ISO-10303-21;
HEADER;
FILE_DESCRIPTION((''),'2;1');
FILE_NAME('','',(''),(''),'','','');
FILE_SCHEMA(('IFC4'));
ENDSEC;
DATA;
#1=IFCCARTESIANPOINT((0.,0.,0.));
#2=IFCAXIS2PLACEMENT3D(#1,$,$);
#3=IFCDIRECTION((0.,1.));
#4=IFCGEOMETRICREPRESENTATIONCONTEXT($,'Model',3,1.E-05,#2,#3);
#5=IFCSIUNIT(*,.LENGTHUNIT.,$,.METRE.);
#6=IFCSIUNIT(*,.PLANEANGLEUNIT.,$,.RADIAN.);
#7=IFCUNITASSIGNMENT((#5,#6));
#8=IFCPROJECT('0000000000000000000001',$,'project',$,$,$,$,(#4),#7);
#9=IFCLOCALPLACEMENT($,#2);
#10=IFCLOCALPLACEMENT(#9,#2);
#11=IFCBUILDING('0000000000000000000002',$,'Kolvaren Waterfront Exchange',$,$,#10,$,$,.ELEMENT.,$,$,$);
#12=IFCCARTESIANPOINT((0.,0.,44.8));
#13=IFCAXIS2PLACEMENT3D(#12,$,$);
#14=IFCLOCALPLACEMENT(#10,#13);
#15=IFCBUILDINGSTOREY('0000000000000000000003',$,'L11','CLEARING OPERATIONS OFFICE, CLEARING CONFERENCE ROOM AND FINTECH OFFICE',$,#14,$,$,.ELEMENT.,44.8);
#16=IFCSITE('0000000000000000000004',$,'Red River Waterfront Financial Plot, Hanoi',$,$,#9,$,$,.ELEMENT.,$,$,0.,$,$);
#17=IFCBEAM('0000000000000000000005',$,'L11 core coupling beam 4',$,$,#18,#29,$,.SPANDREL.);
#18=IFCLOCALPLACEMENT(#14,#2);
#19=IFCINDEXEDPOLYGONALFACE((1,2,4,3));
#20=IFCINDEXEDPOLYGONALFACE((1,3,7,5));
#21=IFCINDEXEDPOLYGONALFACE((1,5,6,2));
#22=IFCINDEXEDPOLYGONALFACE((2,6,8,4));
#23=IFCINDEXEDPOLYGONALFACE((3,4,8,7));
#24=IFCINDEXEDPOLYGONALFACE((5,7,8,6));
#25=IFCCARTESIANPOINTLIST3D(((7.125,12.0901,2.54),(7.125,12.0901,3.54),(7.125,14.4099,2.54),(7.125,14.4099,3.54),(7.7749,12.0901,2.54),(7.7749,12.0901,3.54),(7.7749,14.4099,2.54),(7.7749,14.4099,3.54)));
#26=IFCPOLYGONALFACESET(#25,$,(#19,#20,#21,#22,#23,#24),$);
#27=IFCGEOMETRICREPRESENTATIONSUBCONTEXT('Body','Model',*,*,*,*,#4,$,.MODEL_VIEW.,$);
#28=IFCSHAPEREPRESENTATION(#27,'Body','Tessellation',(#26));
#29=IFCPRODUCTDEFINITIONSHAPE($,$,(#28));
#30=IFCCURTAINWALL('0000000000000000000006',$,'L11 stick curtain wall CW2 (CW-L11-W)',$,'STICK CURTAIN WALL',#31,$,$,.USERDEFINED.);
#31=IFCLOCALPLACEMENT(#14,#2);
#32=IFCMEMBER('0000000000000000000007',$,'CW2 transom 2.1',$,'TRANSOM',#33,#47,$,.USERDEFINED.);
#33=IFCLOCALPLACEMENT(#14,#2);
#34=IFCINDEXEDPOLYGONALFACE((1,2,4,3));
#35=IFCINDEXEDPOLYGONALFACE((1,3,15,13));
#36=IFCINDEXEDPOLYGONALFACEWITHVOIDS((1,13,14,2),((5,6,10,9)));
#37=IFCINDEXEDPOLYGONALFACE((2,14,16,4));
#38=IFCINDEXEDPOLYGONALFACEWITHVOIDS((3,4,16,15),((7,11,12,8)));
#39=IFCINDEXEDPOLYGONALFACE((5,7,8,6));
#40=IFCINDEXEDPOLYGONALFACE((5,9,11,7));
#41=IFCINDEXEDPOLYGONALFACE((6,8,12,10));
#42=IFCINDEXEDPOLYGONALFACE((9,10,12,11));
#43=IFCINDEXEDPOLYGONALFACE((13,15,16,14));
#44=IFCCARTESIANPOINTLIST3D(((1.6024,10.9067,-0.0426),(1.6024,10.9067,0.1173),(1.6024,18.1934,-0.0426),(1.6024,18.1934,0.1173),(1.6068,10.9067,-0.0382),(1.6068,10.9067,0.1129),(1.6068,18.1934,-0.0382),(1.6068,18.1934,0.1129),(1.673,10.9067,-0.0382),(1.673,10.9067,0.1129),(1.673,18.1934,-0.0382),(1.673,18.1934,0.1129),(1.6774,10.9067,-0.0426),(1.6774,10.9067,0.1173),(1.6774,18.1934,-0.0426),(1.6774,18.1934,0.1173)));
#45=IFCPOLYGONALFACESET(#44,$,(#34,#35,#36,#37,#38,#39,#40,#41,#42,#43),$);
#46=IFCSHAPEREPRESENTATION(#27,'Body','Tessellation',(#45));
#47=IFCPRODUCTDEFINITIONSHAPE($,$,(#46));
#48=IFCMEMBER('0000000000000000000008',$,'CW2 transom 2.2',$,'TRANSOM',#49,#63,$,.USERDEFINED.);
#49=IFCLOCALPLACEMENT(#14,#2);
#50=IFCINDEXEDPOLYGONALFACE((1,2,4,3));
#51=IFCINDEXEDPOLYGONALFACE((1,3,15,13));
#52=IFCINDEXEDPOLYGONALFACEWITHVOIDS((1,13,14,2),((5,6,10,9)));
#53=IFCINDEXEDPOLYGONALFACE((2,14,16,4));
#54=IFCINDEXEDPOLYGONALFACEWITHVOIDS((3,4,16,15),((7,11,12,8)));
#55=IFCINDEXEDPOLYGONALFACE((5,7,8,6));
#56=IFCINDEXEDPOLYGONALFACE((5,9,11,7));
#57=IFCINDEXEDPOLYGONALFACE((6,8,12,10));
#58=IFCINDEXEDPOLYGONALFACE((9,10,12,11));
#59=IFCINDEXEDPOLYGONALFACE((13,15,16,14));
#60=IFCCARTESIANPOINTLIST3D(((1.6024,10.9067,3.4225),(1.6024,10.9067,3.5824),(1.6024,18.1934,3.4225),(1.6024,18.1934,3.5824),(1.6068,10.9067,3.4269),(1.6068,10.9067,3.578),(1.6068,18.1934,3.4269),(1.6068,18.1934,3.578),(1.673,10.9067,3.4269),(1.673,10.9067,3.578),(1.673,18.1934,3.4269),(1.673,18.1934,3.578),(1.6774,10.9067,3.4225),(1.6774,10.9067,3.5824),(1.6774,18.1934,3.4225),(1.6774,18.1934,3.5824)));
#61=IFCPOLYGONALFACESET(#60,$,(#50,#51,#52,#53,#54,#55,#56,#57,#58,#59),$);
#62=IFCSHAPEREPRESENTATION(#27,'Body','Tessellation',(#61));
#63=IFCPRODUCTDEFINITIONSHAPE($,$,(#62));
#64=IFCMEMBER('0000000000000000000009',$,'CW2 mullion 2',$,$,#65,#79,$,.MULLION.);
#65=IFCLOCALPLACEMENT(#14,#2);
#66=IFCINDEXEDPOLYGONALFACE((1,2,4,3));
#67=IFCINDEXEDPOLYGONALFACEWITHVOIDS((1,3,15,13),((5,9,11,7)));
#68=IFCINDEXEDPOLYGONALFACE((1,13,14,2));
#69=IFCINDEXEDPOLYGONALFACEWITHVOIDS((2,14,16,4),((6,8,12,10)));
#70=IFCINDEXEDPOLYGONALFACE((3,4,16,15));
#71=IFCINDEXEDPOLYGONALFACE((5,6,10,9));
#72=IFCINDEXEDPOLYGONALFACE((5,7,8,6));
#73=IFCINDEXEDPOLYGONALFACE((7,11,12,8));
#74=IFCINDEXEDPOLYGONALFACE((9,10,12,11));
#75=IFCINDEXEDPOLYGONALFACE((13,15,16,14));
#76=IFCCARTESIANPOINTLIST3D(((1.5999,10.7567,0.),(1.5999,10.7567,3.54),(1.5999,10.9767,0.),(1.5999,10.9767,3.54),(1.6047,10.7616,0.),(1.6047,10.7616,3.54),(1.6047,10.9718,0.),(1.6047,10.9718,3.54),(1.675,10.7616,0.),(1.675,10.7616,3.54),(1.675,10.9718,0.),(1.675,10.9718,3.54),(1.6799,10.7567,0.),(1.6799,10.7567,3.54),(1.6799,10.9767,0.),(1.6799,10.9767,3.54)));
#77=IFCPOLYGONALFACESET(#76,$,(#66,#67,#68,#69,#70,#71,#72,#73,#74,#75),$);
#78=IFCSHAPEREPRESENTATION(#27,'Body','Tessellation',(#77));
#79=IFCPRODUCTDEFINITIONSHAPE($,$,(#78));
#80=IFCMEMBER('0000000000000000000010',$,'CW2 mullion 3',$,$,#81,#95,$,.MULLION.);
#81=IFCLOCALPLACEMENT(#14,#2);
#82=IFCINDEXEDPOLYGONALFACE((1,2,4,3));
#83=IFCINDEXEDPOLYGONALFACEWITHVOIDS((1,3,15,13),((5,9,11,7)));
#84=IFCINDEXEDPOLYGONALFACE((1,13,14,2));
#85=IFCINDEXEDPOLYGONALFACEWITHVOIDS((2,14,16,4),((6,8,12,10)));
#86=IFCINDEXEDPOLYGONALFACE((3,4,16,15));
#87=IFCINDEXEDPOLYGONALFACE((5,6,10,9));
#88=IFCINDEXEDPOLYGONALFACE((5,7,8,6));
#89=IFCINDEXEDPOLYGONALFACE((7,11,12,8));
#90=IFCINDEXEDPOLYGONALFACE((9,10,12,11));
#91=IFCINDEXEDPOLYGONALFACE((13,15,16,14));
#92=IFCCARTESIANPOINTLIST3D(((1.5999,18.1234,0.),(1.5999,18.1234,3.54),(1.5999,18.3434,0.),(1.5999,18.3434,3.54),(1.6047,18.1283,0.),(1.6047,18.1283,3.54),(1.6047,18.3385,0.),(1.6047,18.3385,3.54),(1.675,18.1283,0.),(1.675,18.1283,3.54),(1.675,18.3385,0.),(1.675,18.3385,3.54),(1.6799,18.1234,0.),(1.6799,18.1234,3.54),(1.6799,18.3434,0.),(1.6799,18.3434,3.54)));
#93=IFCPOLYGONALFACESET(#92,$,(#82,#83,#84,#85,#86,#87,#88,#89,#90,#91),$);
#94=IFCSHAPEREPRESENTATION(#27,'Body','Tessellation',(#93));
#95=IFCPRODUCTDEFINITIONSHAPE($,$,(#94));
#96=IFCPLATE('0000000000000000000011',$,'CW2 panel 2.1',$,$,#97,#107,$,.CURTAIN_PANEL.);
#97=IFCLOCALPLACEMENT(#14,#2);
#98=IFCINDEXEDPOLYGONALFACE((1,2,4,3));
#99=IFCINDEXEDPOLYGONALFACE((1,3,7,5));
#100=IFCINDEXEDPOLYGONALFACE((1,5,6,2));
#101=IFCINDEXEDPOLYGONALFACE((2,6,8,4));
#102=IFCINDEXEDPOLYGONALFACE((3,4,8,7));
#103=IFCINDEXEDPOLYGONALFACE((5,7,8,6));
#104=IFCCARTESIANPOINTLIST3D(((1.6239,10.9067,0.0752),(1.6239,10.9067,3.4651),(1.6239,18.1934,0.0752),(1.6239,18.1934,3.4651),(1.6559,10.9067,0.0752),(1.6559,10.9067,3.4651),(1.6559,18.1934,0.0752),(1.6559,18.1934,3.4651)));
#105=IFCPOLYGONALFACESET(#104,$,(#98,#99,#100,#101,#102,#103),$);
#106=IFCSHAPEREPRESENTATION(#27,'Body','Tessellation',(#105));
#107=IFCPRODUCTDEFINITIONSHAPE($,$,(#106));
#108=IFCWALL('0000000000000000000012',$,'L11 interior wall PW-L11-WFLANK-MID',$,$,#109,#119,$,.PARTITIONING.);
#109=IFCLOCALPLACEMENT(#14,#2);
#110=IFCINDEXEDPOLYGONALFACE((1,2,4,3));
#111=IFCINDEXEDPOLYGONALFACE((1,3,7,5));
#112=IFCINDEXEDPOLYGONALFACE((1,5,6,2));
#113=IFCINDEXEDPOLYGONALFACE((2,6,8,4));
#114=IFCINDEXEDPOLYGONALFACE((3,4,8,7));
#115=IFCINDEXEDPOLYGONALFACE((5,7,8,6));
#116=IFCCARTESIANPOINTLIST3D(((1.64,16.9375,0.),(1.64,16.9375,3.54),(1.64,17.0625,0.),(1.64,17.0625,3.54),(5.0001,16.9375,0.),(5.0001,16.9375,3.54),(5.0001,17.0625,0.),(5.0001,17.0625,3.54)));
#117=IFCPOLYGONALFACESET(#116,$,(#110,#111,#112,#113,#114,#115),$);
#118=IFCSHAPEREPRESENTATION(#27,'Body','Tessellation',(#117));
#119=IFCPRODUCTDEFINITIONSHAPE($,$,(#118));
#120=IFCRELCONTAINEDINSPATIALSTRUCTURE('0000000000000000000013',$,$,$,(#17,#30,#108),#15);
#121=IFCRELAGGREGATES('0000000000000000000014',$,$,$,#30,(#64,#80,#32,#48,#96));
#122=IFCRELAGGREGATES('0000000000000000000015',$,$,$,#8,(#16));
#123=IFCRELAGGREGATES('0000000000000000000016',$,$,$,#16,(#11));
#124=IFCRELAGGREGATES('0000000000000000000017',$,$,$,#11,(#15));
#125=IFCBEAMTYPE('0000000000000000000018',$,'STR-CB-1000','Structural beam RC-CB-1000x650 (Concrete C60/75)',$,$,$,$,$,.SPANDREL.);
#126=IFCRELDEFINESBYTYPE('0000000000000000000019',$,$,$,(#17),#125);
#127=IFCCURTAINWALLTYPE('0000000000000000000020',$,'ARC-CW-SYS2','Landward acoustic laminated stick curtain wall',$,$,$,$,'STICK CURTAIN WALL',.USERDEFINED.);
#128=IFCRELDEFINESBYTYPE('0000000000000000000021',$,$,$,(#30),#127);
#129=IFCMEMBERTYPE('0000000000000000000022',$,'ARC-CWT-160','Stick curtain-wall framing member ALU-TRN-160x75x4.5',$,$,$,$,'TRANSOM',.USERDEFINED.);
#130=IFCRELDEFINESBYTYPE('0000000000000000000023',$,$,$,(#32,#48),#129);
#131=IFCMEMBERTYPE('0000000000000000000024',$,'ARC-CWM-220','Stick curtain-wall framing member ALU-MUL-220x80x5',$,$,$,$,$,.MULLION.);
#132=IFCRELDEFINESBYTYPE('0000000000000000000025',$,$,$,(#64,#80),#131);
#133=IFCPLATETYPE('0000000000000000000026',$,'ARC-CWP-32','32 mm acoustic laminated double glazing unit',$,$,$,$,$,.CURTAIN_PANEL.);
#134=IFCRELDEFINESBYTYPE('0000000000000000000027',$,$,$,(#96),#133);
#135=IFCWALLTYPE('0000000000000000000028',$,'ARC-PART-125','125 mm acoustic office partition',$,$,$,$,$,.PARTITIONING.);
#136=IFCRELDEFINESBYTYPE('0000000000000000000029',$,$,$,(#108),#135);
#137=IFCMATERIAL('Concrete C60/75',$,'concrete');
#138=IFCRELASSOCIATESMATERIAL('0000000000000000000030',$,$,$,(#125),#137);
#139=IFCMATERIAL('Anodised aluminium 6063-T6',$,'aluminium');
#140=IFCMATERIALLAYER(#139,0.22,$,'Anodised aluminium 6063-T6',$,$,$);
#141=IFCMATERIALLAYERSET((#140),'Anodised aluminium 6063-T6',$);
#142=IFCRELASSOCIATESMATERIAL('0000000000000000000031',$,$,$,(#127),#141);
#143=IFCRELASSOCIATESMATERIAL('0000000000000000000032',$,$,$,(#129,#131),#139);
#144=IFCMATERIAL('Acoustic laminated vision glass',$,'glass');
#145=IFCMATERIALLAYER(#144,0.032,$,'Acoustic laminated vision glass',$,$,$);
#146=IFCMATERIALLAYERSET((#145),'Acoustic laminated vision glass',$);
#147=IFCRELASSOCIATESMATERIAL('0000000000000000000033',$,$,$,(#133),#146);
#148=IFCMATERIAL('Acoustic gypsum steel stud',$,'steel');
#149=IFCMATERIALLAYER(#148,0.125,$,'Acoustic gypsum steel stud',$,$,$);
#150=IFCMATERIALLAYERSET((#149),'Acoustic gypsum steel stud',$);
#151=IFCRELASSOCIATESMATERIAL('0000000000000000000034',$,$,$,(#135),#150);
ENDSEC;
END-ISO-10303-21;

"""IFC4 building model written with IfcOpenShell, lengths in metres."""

from ifc_helpers import new_model, si_unit, direction, frame, frame_2d, origin, origin_with_axes, origin_2d, place, context, subcontext, project, spatial, rectangle, hollow_rectangle, extrude, source, transform, mapped, material, layer, layer_set, material_profile, profile_set, type_object, element, aggregate, save


model = new_model("IFC4")

# Units and contexts
model_context = context("Model", 3, precision=1e-05, world=origin(), true_north=direction((0.0, 1.0)))
body_context = subcontext(model_context, "Body", "Model", "MODEL_VIEW")
ifc_project = project(units=[si_unit("LENGTHUNIT", "METRE"), si_unit("PLANEANGLEUNIT", "RADIAN")], contexts=[model_context])

# Site, building, storey
site_placement = place(None, origin())
site = spatial("IfcSite", under=ifc_project, at=site_placement, Name="Red River Waterfront Financial Plot, Hanoi", CompositionType="ELEMENT", RefElevation=0.0)
building_placement = place(site_placement, origin())
building = spatial("IfcBuilding", under=site, at=building_placement, Name="Kolvaren Waterfront Exchange", CompositionType="ELEMENT")
storey_placement = place(building_placement, frame((0.0, 0.0, 44.8)))
storey = spatial("IfcBuildingStorey", under=building, at=storey_placement, Name="L11", Description="CLEARING OPERATIONS OFFICE, CLEARING CONFERENCE ROOM AND FINTECH OFFICE", CompositionType="ELEMENT", Elevation=44.8)

# Beam
ifc_material_1 = material(Name="Concrete C60/75", Category="concrete")
ifc_material_profile_1 = material_profile(ifc_material_1, rectangle(XDim=0.6499, YDim=1.0, at=origin_2d()), Name="RC-CB-1000x650")
ifc_profile_set_1 = profile_set([ifc_material_profile_1], Name="Concrete C60/75")
beam_type = type_object("IfcBeamType", Name="STR-CB-1000", Description="Structural beam RC-CB-1000x650 (Concrete C60/75)", PredefinedType="SPANDREL", material=ifc_profile_set_1)
beam_placement = place(storey_placement, frame((7.45, 12.0901, 3.04), z_axis=(0.0, 1.0, 0.0), x_axis=(-1.0, 0.0, 0.0)))
element("IfcBeam", 1, at=beam_placement, inside=storey, type_object=beam_type, Name="L11 core coupling beam 4", PredefinedType="SPANDREL", context=body_context, shape_type="SweptSolid", body=[
    extrude(rectangle(XDim=0.6499, YDim=1.0, at=origin_2d()), origin(), (0.0, 0.0, 1.0), 2.3198),
])

# Curtain wall, members, plate
ifc_material_2 = material(Name="Anodised aluminium 6063-T6", Category="aluminium")
ifc_layer_1 = layer(ifc_material_2, 0.22, Name="Anodised aluminium 6063-T6")
ifc_layer_set_1 = layer_set([ifc_layer_1], Name="Anodised aluminium 6063-T6")
curtain_wall_type = type_object("IfcCurtainWallType", Name="ARC-CW-SYS2", Description="Landward acoustic laminated stick curtain wall", ElementType="STICK CURTAIN WALL", PredefinedType="USERDEFINED", material=ifc_layer_set_1)
curtain_wall_placement = place(storey_placement, origin())
curtain_wall = element("IfcCurtainWall", 2, at=curtain_wall_placement, inside=storey, type_object=curtain_wall_type, Name="L11 stick curtain wall CW2 (CW-L11-W)", ObjectType="STICK CURTAIN WALL", PredefinedType="USERDEFINED")
ifc_material_profile_2 = material_profile(ifc_material_2, hollow_rectangle(XDim=0.075, YDim=0.1599, WallThickness=0.0044, at=origin_2d()), Name="ALU-TRN-160x75x4.5")
ifc_profile_set_2 = profile_set([ifc_material_profile_2], Name="Anodised aluminium 6063-T6")
member_type_1 = type_object("IfcMemberType", Name="ARC-CWT-160", Description="Stick curtain-wall framing member ALU-TRN-160x75x4.5", ElementType="TRANSOM", PredefinedType="USERDEFINED", material=ifc_profile_set_2)
shared_shape_1 = source(origin_with_axes(), body_context, "Body", "SweptSolid", [
    extrude(hollow_rectangle(XDim=0.075, YDim=0.1599, WallThickness=0.0044, at=origin_2d()), origin(), (0.0, 0.0, 1.0), 7.2866),
])
member_1_placement = place(storey_placement, frame((1.6399, 10.9067, 0.0374), z_axis=(0.0, 1.0, 0.0), x_axis=(-1.0, 0.0, 0.0)))
member_1 = element("IfcMember", 3, at=member_1_placement, type_object=member_type_1, Name="CW2 transom 2.1", ObjectType="TRANSOM", PredefinedType="USERDEFINED", context=body_context, shape_type="MappedRepresentation", body=[
    mapped(shared_shape_1, transform((0.0, 0.0, 0.0), x_axis=(1.0, 0.0, 0.0), y_axis=(0.0, 1.0, 0.0), z_axis=(0.0, 0.0, 1.0), scale=1.0)),
])
member_2_placement = place(storey_placement, frame((1.6399, 10.9067, 3.5024), z_axis=(0.0, 1.0, 0.0), x_axis=(-1.0, 0.0, 0.0)))
member_2 = element("IfcMember", 4, at=member_2_placement, type_object=member_type_1, Name="CW2 transom 2.2", ObjectType="TRANSOM", PredefinedType="USERDEFINED", context=body_context, shape_type="MappedRepresentation", body=[
    mapped(shared_shape_1, transform((0.0, 0.0, 0.0), x_axis=(1.0, 0.0, 0.0), y_axis=(0.0, 1.0, 0.0), z_axis=(0.0, 0.0, 1.0), scale=1.0)),
])
ifc_material_profile_3 = material_profile(ifc_material_2, hollow_rectangle(XDim=0.0801, YDim=0.22, WallThickness=0.0049, at=origin_2d()), Name="ALU-MUL-220x80x5")
ifc_profile_set_3 = profile_set([ifc_material_profile_3], Name="Anodised aluminium 6063-T6")
member_type_2 = type_object("IfcMemberType", Name="ARC-CWM-220", Description="Stick curtain-wall framing member ALU-MUL-220x80x5", PredefinedType="MULLION", material=ifc_profile_set_3)
shared_shape_2 = source(origin_with_axes(), body_context, "Body", "SweptSolid", [
    extrude(hollow_rectangle(XDim=0.0801, YDim=0.22, WallThickness=0.0049, at=origin_2d()), origin(), (0.0, 0.0, 1.0), 3.54),
])
member_3_placement = place(storey_placement, frame((1.6399, 10.8667, 0.0), z_axis=(0.0, 0.0, 1.0), x_axis=(-1.0, 0.0, 0.0)))
member_3 = element("IfcMember", 5, at=member_3_placement, type_object=member_type_2, Name="CW2 mullion 2", PredefinedType="MULLION", context=body_context, shape_type="MappedRepresentation", body=[
    mapped(shared_shape_2, transform((0.0, 0.0, 0.0), x_axis=(1.0, 0.0, 0.0), y_axis=(0.0, 1.0, 0.0), z_axis=(0.0, 0.0, 1.0), scale=1.0)),
])
member_4_placement = place(storey_placement, frame((1.6399, 18.2334, 0.0), z_axis=(0.0, 0.0, 1.0), x_axis=(-1.0, 0.0, 0.0)))
member_4 = element("IfcMember", 6, at=member_4_placement, type_object=member_type_2, Name="CW2 mullion 3", PredefinedType="MULLION", context=body_context, shape_type="MappedRepresentation", body=[
    mapped(shared_shape_2, transform((0.0, 0.0, 0.0), x_axis=(1.0, 0.0, 0.0), y_axis=(0.0, 1.0, 0.0), z_axis=(0.0, 0.0, 1.0), scale=1.0)),
])
ifc_material_3 = material(Name="Acoustic laminated vision glass", Category="glass")
ifc_layer_2 = layer(ifc_material_3, 0.032, Name="Acoustic laminated vision glass")
ifc_layer_set_2 = layer_set([ifc_layer_2], Name="Acoustic laminated vision glass")
plate_type = type_object("IfcPlateType", Name="ARC-CWP-32", Description="32 mm acoustic laminated double glazing unit", PredefinedType="CURTAIN_PANEL", material=ifc_layer_set_2)
shared_shape_3 = source(origin_with_axes(), body_context, "Body", "SweptSolid", [
    extrude(rectangle(XDim=7.2866, YDim=0.032, at=origin_2d()), origin(), (0.0, 0.0, 1.0), 3.3899),
])
plate_placement = place(storey_placement, frame((1.6399, 14.55, 0.0752), z_axis=(0.0, 0.0, 1.0), x_axis=(0.0, 1.0, 0.0)))
plate = element("IfcPlate", 7, at=plate_placement, type_object=plate_type, Name="CW2 panel 2.1", PredefinedType="CURTAIN_PANEL", context=body_context, shape_type="MappedRepresentation", body=[
    mapped(shared_shape_3, transform((0.0, 0.0, 0.0), x_axis=(1.0, 0.0, 0.0), y_axis=(0.0, 1.0, 0.0), z_axis=(0.0, 0.0, 1.0), scale=1.0)),
])
aggregate(curtain_wall, [member_3, member_4, member_1, member_2, plate])

# Wall
ifc_material_4 = material(Name="Acoustic gypsum steel stud", Category="steel")
ifc_layer_3 = layer(ifc_material_4, 0.125, Name="Acoustic gypsum steel stud")
ifc_layer_set_3 = layer_set([ifc_layer_3], Name="Acoustic gypsum steel stud")
wall_type_1 = type_object("IfcWallType", Name="ARC-PART-125", Description="125 mm acoustic office partition", PredefinedType="PARTITIONING", material=ifc_layer_set_3)
wall_1_placement = place(storey_placement, frame((1.6399, 17.0, 0.0), z_axis=(0.0, 0.0, 1.0), x_axis=(1.0, 0.0, 0.0)))
element("IfcWall", 8, at=wall_1_placement, inside=storey, type_object=wall_type_1, Name="L11 interior wall PW-L11-WFLANK-MID", PredefinedType="PARTITIONING", context=body_context, shape_type="SweptSolid", body=[
    extrude(rectangle(XDim=3.3601, YDim=0.125, at=frame_2d((1.6802, 0.0))), origin(), (0.0, 0.0, 1.0), 3.54),
])

save(model, "model.ifc")
